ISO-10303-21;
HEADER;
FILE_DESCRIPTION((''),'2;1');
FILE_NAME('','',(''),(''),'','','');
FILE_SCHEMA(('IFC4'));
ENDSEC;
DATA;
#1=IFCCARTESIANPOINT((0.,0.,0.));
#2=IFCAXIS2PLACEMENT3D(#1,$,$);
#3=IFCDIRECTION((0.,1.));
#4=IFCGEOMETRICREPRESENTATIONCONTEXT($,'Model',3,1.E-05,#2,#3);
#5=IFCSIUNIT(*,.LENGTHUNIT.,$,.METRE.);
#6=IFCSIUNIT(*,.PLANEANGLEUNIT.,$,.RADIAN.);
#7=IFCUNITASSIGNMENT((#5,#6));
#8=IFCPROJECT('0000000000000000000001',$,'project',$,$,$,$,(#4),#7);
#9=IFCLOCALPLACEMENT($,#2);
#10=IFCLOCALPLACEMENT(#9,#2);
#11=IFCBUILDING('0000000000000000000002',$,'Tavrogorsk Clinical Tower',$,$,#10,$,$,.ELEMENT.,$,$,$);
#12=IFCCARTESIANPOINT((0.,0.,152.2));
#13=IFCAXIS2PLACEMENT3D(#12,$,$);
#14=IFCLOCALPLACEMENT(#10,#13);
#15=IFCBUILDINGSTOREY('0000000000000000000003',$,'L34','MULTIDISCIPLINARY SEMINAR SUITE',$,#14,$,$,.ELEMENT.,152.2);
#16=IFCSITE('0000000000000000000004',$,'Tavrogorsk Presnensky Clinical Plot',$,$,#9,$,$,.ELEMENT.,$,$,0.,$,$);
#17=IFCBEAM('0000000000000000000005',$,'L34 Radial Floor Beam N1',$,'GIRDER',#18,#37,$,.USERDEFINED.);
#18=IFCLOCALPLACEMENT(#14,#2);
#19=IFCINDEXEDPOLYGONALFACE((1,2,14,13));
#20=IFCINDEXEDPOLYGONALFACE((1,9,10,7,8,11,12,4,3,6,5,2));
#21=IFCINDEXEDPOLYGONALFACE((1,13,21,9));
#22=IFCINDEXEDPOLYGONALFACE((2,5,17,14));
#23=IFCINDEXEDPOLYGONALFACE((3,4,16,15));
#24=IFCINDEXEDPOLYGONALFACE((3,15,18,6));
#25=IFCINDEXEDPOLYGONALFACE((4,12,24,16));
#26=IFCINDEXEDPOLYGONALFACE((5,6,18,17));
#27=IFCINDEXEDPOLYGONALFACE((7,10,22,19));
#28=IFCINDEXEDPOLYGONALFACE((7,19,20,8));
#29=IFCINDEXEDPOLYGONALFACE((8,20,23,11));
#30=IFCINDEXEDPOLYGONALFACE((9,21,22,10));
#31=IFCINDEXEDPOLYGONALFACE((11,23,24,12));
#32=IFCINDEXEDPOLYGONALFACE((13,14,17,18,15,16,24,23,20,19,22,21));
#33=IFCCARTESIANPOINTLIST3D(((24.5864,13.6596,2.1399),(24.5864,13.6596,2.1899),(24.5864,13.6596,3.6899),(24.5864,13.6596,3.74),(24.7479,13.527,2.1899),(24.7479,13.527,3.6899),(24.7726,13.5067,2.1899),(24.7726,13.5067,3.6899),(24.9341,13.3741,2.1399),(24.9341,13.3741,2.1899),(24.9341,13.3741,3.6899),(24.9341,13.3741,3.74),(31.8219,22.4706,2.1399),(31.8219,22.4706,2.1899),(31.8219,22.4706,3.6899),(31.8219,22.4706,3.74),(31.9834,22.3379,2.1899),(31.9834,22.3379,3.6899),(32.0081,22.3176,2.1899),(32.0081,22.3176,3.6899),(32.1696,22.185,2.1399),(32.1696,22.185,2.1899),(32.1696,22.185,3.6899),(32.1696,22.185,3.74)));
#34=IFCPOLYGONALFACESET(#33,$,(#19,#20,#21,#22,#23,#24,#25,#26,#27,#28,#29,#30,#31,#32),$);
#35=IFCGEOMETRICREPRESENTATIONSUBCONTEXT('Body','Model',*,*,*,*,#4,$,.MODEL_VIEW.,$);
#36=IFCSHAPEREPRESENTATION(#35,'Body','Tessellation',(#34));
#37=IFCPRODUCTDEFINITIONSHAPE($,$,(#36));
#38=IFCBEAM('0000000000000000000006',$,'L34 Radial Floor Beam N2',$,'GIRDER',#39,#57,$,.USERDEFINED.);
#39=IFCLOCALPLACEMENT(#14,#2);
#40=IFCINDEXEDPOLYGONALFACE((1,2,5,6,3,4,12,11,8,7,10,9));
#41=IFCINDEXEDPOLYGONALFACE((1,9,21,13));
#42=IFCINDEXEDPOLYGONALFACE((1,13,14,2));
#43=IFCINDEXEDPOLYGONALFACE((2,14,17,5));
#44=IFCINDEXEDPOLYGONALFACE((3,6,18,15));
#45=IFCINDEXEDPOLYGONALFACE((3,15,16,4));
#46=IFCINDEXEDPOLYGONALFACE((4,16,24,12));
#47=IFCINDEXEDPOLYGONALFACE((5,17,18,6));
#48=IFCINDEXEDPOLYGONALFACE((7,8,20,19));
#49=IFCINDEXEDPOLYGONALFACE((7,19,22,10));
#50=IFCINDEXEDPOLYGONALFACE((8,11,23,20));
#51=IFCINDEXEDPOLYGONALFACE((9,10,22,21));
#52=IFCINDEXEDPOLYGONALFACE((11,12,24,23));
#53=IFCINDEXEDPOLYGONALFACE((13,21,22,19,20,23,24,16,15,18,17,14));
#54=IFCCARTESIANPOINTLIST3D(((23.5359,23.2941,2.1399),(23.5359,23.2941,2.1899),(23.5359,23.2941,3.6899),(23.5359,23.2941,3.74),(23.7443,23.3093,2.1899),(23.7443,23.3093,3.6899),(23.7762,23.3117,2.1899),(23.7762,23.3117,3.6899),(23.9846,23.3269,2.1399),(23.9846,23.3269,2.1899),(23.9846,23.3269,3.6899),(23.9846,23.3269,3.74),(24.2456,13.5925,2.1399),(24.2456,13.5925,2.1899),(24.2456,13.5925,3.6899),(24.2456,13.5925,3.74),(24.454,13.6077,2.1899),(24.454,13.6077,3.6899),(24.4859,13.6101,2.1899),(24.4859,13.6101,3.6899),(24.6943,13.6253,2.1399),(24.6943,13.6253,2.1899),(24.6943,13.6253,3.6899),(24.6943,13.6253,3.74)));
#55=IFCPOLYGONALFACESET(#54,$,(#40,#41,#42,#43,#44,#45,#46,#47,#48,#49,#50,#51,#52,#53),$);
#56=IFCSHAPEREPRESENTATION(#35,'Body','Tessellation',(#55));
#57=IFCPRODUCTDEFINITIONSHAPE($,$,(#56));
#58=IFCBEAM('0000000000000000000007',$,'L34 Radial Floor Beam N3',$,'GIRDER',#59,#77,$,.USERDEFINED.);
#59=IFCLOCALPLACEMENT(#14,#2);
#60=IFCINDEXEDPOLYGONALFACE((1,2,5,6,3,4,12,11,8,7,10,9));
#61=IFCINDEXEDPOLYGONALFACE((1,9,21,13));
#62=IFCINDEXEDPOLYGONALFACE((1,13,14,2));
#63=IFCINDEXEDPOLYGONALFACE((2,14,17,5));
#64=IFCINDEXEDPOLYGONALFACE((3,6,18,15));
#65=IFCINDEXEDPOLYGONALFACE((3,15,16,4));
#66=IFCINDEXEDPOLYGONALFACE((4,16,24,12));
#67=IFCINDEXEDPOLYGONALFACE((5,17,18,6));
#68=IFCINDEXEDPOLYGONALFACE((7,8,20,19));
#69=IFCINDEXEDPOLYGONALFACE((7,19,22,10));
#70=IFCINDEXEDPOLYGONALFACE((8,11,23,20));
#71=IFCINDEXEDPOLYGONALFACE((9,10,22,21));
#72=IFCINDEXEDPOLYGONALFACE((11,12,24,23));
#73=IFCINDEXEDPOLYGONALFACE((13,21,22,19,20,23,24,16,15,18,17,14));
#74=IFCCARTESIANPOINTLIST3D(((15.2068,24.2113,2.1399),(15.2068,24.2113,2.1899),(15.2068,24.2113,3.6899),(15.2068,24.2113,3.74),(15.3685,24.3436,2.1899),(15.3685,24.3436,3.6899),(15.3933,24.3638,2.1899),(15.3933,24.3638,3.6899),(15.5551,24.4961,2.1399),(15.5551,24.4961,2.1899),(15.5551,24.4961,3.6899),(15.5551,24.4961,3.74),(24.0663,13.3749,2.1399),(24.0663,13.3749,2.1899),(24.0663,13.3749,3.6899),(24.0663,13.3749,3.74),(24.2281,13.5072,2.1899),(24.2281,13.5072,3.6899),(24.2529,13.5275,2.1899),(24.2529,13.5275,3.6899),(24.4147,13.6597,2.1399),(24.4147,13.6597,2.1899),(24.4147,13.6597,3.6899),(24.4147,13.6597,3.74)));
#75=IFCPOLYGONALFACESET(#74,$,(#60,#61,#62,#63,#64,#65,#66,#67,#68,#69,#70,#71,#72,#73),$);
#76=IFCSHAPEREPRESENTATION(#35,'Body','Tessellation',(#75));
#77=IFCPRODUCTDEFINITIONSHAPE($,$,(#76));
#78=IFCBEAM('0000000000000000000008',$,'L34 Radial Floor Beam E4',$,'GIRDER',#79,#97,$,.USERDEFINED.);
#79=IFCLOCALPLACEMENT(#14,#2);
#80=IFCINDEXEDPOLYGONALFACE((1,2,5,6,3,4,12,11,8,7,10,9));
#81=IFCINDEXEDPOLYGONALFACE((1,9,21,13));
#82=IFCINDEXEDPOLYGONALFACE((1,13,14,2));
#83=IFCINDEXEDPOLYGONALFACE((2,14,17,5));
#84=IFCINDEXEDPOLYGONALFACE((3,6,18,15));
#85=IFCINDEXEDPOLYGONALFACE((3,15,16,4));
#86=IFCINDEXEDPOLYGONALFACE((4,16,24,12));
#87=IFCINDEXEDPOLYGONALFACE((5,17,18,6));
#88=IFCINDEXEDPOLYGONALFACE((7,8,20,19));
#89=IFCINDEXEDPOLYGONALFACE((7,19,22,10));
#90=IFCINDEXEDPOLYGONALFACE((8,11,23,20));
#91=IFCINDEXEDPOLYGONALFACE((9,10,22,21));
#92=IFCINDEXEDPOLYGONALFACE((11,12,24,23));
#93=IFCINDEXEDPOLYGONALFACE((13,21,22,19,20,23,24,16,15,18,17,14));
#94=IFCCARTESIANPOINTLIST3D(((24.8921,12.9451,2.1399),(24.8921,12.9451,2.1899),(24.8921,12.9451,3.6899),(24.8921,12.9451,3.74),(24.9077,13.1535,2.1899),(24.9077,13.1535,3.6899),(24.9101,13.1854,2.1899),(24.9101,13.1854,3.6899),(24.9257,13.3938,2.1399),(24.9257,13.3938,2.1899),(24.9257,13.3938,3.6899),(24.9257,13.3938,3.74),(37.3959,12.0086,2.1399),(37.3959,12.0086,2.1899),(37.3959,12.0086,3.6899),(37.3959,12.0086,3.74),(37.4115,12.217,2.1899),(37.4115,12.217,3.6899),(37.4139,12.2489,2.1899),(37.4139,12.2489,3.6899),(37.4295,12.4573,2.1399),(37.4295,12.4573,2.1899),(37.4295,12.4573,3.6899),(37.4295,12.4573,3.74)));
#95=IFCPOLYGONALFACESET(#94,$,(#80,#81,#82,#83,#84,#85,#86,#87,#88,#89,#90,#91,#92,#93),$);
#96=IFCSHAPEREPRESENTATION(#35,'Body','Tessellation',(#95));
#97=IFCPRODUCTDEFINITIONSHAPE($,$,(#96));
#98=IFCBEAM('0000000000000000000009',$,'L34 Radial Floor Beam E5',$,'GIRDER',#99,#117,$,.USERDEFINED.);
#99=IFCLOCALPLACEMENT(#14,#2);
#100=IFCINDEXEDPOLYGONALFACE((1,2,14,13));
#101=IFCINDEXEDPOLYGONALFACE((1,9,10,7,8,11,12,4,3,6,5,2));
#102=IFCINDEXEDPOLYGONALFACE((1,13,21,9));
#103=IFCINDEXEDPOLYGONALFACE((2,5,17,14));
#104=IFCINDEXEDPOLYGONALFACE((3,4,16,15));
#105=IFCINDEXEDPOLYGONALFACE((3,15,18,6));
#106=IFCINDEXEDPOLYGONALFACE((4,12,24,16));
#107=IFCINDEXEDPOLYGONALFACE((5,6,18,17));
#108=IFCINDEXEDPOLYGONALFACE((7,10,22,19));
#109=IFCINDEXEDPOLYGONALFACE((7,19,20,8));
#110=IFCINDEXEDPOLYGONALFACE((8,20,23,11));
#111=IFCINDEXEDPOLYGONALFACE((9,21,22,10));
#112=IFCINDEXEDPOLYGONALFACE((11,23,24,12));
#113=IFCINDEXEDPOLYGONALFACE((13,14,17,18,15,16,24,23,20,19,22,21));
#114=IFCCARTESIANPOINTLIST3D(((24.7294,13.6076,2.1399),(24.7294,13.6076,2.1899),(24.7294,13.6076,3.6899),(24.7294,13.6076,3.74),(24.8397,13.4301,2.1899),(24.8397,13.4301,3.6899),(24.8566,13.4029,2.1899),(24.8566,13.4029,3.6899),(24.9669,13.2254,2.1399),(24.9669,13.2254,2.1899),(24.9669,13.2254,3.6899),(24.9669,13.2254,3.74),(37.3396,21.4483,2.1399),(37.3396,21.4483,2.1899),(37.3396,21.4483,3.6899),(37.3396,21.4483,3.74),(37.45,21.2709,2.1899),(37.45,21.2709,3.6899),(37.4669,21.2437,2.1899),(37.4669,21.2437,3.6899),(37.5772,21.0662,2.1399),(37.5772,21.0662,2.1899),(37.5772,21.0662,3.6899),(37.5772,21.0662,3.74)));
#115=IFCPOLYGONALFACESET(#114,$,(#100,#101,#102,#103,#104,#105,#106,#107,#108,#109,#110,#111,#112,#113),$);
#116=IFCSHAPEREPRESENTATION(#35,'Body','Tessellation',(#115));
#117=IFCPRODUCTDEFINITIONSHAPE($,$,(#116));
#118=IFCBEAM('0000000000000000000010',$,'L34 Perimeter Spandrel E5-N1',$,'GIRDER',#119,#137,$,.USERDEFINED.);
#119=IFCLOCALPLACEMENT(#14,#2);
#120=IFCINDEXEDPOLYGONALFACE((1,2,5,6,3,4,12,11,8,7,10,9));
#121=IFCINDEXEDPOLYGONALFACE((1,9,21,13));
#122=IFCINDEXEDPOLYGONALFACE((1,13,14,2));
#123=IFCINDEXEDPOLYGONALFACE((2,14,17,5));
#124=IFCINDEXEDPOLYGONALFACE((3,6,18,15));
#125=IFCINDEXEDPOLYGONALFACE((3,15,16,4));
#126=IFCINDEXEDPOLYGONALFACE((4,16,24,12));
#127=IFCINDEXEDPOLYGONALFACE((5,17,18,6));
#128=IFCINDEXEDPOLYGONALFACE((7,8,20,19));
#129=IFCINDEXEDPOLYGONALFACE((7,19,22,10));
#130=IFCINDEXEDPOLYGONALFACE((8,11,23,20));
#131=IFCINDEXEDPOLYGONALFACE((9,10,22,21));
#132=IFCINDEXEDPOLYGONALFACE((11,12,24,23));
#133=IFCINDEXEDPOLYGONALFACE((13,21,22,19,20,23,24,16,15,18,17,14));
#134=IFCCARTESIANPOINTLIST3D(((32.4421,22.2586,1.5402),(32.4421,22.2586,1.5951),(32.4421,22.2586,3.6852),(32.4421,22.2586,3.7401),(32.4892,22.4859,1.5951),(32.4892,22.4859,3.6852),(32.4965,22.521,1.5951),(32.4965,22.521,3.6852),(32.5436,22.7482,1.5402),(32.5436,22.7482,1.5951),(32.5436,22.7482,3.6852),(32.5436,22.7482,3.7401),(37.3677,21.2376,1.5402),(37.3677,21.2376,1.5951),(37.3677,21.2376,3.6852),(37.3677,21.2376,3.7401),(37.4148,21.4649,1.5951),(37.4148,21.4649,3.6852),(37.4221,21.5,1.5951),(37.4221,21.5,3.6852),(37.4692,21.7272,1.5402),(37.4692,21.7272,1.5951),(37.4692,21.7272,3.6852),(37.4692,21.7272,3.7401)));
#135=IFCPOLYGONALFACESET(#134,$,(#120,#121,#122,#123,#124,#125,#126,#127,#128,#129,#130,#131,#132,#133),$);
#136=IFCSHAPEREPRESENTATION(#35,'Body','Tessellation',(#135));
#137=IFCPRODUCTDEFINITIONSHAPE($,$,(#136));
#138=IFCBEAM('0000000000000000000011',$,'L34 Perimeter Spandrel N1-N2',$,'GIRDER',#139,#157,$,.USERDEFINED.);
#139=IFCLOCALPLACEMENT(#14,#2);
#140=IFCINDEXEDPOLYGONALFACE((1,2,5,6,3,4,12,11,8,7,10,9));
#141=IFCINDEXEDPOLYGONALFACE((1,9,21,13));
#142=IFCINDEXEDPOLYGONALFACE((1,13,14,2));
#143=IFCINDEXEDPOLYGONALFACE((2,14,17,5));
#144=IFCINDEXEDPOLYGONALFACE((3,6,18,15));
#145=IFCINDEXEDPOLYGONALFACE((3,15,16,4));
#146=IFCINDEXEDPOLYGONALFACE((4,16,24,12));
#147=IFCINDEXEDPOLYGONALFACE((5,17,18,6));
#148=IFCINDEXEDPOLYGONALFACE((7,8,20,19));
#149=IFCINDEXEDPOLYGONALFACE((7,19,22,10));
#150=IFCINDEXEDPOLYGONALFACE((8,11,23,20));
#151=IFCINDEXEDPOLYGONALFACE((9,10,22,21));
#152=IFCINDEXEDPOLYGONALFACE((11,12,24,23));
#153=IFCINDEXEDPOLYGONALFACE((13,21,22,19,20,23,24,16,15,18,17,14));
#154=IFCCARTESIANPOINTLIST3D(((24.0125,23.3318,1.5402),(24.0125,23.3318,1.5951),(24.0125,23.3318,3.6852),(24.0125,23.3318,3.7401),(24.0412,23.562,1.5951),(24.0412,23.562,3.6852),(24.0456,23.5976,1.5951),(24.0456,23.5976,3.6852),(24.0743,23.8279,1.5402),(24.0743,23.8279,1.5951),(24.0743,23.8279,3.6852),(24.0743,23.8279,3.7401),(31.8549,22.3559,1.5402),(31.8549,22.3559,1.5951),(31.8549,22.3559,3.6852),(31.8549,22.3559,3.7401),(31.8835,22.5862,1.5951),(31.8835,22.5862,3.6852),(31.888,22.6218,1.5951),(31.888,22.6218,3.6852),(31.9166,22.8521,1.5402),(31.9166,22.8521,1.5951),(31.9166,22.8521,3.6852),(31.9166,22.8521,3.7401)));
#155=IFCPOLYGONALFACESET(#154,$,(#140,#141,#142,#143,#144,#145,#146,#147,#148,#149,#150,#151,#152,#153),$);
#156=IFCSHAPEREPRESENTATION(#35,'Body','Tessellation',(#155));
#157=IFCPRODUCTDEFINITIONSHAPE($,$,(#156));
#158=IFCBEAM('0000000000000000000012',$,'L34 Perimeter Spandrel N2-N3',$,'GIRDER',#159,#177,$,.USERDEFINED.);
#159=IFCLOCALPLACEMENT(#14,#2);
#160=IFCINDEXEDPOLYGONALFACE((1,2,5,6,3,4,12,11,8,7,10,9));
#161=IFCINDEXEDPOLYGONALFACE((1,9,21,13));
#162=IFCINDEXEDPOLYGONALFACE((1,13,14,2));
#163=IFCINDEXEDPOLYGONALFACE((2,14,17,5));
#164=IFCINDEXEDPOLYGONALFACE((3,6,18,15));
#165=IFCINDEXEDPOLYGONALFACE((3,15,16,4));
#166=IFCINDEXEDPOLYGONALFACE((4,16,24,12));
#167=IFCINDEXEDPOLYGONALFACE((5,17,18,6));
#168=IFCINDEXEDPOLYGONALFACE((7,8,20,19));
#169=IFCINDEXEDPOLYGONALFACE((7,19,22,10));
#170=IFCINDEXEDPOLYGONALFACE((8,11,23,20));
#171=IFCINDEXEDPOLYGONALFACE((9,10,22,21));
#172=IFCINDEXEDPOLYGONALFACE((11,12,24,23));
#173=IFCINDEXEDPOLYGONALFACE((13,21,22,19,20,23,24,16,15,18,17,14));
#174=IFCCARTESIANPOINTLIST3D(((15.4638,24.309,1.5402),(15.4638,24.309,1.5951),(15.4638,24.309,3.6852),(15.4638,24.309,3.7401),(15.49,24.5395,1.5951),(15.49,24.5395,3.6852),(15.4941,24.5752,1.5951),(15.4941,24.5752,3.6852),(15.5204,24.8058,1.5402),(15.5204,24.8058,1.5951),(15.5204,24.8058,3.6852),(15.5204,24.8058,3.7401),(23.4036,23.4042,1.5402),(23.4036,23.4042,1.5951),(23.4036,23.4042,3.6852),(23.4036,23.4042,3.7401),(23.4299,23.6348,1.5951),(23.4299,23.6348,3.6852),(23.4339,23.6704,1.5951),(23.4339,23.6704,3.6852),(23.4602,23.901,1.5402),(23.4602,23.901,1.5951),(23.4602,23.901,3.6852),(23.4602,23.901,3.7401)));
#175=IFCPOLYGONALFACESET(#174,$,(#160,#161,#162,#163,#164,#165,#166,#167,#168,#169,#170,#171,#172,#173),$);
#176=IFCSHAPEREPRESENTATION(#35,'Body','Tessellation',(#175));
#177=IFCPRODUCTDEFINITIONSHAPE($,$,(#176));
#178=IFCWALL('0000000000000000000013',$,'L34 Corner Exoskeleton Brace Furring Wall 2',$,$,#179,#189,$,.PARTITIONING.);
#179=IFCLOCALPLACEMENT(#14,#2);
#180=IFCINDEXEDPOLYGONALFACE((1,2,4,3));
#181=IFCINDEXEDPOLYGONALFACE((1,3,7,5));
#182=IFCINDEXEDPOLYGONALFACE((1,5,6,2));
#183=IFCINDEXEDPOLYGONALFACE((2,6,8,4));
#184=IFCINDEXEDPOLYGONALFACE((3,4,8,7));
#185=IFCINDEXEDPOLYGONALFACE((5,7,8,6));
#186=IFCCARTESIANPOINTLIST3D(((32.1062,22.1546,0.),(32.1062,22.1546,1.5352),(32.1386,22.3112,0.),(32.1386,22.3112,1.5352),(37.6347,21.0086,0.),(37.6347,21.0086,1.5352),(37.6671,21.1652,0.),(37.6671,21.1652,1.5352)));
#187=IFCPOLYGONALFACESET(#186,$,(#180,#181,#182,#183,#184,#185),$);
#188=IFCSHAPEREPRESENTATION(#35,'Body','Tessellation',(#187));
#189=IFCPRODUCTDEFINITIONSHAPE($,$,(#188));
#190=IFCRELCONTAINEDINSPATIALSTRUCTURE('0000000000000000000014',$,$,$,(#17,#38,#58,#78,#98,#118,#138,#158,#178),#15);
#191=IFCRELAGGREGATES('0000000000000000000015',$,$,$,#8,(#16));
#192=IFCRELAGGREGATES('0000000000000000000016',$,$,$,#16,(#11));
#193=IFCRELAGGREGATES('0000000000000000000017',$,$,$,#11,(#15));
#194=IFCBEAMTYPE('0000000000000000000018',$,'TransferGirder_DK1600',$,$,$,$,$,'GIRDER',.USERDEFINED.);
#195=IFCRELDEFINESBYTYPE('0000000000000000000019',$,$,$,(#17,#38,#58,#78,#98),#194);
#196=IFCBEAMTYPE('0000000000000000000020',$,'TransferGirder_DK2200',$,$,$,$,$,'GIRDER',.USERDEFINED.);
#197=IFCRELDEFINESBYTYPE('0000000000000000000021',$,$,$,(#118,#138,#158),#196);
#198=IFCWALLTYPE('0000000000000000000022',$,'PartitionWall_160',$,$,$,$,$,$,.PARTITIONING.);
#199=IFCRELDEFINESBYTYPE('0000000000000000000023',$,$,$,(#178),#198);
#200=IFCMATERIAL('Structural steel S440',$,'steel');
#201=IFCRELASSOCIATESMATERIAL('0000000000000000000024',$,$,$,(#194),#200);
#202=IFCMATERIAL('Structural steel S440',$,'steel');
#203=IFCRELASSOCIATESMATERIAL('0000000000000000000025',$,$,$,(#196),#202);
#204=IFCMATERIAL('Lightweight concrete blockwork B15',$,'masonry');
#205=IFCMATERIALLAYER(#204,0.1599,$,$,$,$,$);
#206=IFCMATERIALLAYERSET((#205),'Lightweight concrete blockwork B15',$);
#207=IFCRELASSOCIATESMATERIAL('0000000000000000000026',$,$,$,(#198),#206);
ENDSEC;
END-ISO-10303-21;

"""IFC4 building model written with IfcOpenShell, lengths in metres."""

from ifc_helpers import new_model, si_unit, direction, frame, frame_2d, origin, origin_2d, place, context, subcontext, project, spatial, rectangle, i_section, extrude, material, layer, layer_set, material_profile, profile_set, type_object, element, save


model = new_model("IFC4")

# Units and contexts
model_context = context("Model", 3, precision=1e-05, world=origin(), true_north=direction((0.0, 1.0)))
body_context = subcontext(model_context, "Body", "Model", "MODEL_VIEW")
ifc_project = project(units=[si_unit("LENGTHUNIT", "METRE"), si_unit("PLANEANGLEUNIT", "RADIAN")], contexts=[model_context])

# Site, building, storey
site_placement = place(None, origin())
site = spatial("IfcSite", under=ifc_project, at=site_placement, Name="Tavrogorsk Presnensky Clinical Plot", CompositionType="ELEMENT", RefElevation=0.0)
building_placement = place(site_placement, origin())
building = spatial("IfcBuilding", under=site, at=building_placement, Name="Tavrogorsk Clinical Tower", CompositionType="ELEMENT")
storey_placement = place(building_placement, frame((0.0, 0.0, 152.2)))
storey = spatial("IfcBuildingStorey", under=building, at=storey_placement, Name="L34", Description="MULTIDISCIPLINARY SEMINAR SUITE", CompositionType="ELEMENT", Elevation=152.2)

# Beams
ifc_material_1 = material(Name="Structural steel S440", Category="steel")
ifc_material_profile_1 = material_profile(ifc_material_1, i_section(OverallWidth=0.45, OverallDepth=1.6001, WebThickness=0.032, FlangeThickness=0.05, at=origin_2d()), Name="DK-1600x450x32x50")
ifc_profile_set_1 = profile_set([ifc_material_profile_1], Name="Structural steel S440")
beam_type_1 = type_object("IfcBeamType", Name="TransferGirder_DK1600", ElementType="GIRDER", PredefinedType="USERDEFINED", material=ifc_profile_set_1)
beam_1_placement = place(storey_placement, frame((24.7603, 13.5168, 2.9399), z_axis=(0.634633, 0.772814, 0.0), x_axis=(-0.772814, 0.634633, 0.0)))
element("IfcBeam", 1, at=beam_1_placement, inside=storey, type_object=beam_type_1, Name="L34 Radial Floor Beam N1", ObjectType="GIRDER", PredefinedType="USERDEFINED", context=body_context, shape_type="SweptSolid", body=[
    extrude(i_section(OverallWidth=0.45, OverallDepth=1.6001, WebThickness=0.032, FlangeThickness=0.05, at=origin_2d()), origin(), (0.0, 0.0, 1.0), 11.4011),
])
beam_2_placement = place(storey_placement, frame((24.47, 13.6089, 2.9399), z_axis=(-0.072959, 0.997335, 0.0), x_axis=(-0.997335, -0.072959, 0.0)))
element("IfcBeam", 2, at=beam_2_placement, inside=storey, type_object=beam_type_1, Name="L34 Radial Floor Beam N2", ObjectType="GIRDER", PredefinedType="USERDEFINED", context=body_context, shape_type="SweptSolid", body=[
    extrude(i_section(OverallWidth=0.45, OverallDepth=1.6001, WebThickness=0.032, FlangeThickness=0.05, at=origin_2d()), origin(), (0.0, 0.0, 1.0), 9.7275),
])
beam_3_placement = place(storey_placement, frame((24.2405, 13.5173, 2.9399), z_axis=(-0.632958, 0.774187, 0.0), x_axis=(-0.774187, -0.632958, 0.0)))
element("IfcBeam", 3, at=beam_3_placement, inside=storey, type_object=beam_type_1, Name="L34 Radial Floor Beam N3", ObjectType="GIRDER", PredefinedType="USERDEFINED", context=body_context, shape_type="SweptSolid", body=[
    extrude(i_section(OverallWidth=0.45, OverallDepth=1.6001, WebThickness=0.032, FlangeThickness=0.05, at=origin_2d()), origin(), (0.0, 0.0, 1.0), 13.9971),
])
beam_4_placement = place(storey_placement, frame((24.9089, 13.1694, 2.9399), z_axis=(0.997207, -0.074689, 0.0), x_axis=(0.074689, 0.997207, 0.0)))
element("IfcBeam", 4, at=beam_4_placement, inside=storey, type_object=beam_type_1, Name="L34 Radial Floor Beam E4", ObjectType="GIRDER", PredefinedType="USERDEFINED", context=body_context, shape_type="SweptSolid", body=[
    extrude(i_section(OverallWidth=0.45, OverallDepth=1.6001, WebThickness=0.032, FlangeThickness=0.05, at=origin_2d()), origin(), (0.0, 0.0, 1.0), 12.5388),
])
beam_5_placement = place(storey_placement, frame((24.8481, 13.4165, 2.9399), z_axis=(0.849226, 0.528029, 0.0), x_axis=(-0.528029, 0.849226, 0.0)))
element("IfcBeam", 5, at=beam_5_placement, inside=storey, type_object=beam_type_1, Name="L34 Radial Floor Beam E5", ObjectType="GIRDER", PredefinedType="USERDEFINED", context=body_context, shape_type="SweptSolid", body=[
    extrude(i_section(OverallWidth=0.45, OverallDepth=1.6001, WebThickness=0.032, FlangeThickness=0.05, at=origin_2d()), origin(), (0.0, 0.0, 1.0), 14.8491),
])
ifc_material_2 = material(Name="Structural steel S440", Category="steel")
ifc_material_profile_2 = material_profile(ifc_material_2, i_section(OverallWidth=0.5, OverallDepth=2.2, WebThickness=0.0359, FlangeThickness=0.0549, at=origin_2d()), Name="DK-2200x500x36x55")
ifc_profile_set_2 = profile_set([ifc_material_profile_2], Name="Structural steel S440")
beam_type_2 = type_object("IfcBeamType", Name="TransferGirder_DK2200", ElementType="GIRDER", PredefinedType="USERDEFINED", material=ifc_profile_set_2)
beam_6_placement = place(storey_placement, frame((37.4185, 21.4824, 2.6401), z_axis=(-0.979185, 0.202972, 0.0), x_axis=(-0.202972, -0.979185, 0.0)))
element("IfcBeam", 6, at=beam_6_placement, inside=storey, type_object=beam_type_2, Name="L34 Perimeter Spandrel E5-N1", ObjectType="GIRDER", PredefinedType="USERDEFINED", context=body_context, shape_type="SweptSolid", body=[
    extrude(i_section(OverallWidth=0.5, OverallDepth=2.2, WebThickness=0.0359, FlangeThickness=0.0549, at=origin_2d()), origin(), (0.0, 0.0, 1.0), 5.0303),
])
beam_7_placement = place(storey_placement, frame((31.8857, 22.604, 2.6401), z_axis=(-0.992347, 0.12348, 0.0), x_axis=(-0.12348, -0.992347, 0.0)))
element("IfcBeam", 7, at=beam_7_placement, inside=storey, type_object=beam_type_2, Name="L34 Perimeter Spandrel N1-N2", ObjectType="GIRDER", PredefinedType="USERDEFINED", context=body_context, shape_type="SweptSolid", body=[
    extrude(i_section(OverallWidth=0.5, OverallDepth=2.2, WebThickness=0.0359, FlangeThickness=0.0549, at=origin_2d()), origin(), (0.0, 0.0, 1.0), 7.9028),
])
beam_8_placement = place(storey_placement, frame((23.4319, 23.6526, 2.6401), z_axis=(-0.99357, 0.113221, 0.0), x_axis=(-0.113221, -0.99357, 0.0)))
element("IfcBeam", 8, at=beam_8_placement, inside=storey, type_object=beam_type_2, Name="L34 Perimeter Spandrel N2-N3", ObjectType="GIRDER", PredefinedType="USERDEFINED", context=body_context, shape_type="SweptSolid", body=[
    extrude(i_section(OverallWidth=0.5, OverallDepth=2.2, WebThickness=0.0359, FlangeThickness=0.0549, at=origin_2d()), origin(), (0.0, 0.0, 1.0), 7.9912),
])

# Wall
ifc_material_3 = material(Name="Lightweight concrete blockwork B15", Category="masonry")
ifc_layer_1 = layer(ifc_material_3, 0.1599)
ifc_layer_set_1 = layer_set([ifc_layer_1], Name="Lightweight concrete blockwork B15")
wall_type_1 = type_object("IfcWallType", Name="PartitionWall_160", PredefinedType="PARTITIONING", material=ifc_layer_set_1)
wall_1_placement = place(storey_placement, frame((37.6509, 21.0869, 0.0), z_axis=(0.0, 0.0, 1.0), x_axis=(-0.979185, 0.202972, 0.0)))
element("IfcWall", 9, at=wall_1_placement, inside=storey, type_object=wall_type_1, Name="L34 Corner Exoskeleton Brace Furring Wall 2", PredefinedType="PARTITIONING", context=body_context, shape_type="SweptSolid", body=[
    extrude(rectangle(XDim=5.646, YDim=0.1599, at=frame_2d((2.823, 0.0))), origin(), (0.0, 0.0, 1.0), 1.5352),
])

save(model, "model.ifc")
